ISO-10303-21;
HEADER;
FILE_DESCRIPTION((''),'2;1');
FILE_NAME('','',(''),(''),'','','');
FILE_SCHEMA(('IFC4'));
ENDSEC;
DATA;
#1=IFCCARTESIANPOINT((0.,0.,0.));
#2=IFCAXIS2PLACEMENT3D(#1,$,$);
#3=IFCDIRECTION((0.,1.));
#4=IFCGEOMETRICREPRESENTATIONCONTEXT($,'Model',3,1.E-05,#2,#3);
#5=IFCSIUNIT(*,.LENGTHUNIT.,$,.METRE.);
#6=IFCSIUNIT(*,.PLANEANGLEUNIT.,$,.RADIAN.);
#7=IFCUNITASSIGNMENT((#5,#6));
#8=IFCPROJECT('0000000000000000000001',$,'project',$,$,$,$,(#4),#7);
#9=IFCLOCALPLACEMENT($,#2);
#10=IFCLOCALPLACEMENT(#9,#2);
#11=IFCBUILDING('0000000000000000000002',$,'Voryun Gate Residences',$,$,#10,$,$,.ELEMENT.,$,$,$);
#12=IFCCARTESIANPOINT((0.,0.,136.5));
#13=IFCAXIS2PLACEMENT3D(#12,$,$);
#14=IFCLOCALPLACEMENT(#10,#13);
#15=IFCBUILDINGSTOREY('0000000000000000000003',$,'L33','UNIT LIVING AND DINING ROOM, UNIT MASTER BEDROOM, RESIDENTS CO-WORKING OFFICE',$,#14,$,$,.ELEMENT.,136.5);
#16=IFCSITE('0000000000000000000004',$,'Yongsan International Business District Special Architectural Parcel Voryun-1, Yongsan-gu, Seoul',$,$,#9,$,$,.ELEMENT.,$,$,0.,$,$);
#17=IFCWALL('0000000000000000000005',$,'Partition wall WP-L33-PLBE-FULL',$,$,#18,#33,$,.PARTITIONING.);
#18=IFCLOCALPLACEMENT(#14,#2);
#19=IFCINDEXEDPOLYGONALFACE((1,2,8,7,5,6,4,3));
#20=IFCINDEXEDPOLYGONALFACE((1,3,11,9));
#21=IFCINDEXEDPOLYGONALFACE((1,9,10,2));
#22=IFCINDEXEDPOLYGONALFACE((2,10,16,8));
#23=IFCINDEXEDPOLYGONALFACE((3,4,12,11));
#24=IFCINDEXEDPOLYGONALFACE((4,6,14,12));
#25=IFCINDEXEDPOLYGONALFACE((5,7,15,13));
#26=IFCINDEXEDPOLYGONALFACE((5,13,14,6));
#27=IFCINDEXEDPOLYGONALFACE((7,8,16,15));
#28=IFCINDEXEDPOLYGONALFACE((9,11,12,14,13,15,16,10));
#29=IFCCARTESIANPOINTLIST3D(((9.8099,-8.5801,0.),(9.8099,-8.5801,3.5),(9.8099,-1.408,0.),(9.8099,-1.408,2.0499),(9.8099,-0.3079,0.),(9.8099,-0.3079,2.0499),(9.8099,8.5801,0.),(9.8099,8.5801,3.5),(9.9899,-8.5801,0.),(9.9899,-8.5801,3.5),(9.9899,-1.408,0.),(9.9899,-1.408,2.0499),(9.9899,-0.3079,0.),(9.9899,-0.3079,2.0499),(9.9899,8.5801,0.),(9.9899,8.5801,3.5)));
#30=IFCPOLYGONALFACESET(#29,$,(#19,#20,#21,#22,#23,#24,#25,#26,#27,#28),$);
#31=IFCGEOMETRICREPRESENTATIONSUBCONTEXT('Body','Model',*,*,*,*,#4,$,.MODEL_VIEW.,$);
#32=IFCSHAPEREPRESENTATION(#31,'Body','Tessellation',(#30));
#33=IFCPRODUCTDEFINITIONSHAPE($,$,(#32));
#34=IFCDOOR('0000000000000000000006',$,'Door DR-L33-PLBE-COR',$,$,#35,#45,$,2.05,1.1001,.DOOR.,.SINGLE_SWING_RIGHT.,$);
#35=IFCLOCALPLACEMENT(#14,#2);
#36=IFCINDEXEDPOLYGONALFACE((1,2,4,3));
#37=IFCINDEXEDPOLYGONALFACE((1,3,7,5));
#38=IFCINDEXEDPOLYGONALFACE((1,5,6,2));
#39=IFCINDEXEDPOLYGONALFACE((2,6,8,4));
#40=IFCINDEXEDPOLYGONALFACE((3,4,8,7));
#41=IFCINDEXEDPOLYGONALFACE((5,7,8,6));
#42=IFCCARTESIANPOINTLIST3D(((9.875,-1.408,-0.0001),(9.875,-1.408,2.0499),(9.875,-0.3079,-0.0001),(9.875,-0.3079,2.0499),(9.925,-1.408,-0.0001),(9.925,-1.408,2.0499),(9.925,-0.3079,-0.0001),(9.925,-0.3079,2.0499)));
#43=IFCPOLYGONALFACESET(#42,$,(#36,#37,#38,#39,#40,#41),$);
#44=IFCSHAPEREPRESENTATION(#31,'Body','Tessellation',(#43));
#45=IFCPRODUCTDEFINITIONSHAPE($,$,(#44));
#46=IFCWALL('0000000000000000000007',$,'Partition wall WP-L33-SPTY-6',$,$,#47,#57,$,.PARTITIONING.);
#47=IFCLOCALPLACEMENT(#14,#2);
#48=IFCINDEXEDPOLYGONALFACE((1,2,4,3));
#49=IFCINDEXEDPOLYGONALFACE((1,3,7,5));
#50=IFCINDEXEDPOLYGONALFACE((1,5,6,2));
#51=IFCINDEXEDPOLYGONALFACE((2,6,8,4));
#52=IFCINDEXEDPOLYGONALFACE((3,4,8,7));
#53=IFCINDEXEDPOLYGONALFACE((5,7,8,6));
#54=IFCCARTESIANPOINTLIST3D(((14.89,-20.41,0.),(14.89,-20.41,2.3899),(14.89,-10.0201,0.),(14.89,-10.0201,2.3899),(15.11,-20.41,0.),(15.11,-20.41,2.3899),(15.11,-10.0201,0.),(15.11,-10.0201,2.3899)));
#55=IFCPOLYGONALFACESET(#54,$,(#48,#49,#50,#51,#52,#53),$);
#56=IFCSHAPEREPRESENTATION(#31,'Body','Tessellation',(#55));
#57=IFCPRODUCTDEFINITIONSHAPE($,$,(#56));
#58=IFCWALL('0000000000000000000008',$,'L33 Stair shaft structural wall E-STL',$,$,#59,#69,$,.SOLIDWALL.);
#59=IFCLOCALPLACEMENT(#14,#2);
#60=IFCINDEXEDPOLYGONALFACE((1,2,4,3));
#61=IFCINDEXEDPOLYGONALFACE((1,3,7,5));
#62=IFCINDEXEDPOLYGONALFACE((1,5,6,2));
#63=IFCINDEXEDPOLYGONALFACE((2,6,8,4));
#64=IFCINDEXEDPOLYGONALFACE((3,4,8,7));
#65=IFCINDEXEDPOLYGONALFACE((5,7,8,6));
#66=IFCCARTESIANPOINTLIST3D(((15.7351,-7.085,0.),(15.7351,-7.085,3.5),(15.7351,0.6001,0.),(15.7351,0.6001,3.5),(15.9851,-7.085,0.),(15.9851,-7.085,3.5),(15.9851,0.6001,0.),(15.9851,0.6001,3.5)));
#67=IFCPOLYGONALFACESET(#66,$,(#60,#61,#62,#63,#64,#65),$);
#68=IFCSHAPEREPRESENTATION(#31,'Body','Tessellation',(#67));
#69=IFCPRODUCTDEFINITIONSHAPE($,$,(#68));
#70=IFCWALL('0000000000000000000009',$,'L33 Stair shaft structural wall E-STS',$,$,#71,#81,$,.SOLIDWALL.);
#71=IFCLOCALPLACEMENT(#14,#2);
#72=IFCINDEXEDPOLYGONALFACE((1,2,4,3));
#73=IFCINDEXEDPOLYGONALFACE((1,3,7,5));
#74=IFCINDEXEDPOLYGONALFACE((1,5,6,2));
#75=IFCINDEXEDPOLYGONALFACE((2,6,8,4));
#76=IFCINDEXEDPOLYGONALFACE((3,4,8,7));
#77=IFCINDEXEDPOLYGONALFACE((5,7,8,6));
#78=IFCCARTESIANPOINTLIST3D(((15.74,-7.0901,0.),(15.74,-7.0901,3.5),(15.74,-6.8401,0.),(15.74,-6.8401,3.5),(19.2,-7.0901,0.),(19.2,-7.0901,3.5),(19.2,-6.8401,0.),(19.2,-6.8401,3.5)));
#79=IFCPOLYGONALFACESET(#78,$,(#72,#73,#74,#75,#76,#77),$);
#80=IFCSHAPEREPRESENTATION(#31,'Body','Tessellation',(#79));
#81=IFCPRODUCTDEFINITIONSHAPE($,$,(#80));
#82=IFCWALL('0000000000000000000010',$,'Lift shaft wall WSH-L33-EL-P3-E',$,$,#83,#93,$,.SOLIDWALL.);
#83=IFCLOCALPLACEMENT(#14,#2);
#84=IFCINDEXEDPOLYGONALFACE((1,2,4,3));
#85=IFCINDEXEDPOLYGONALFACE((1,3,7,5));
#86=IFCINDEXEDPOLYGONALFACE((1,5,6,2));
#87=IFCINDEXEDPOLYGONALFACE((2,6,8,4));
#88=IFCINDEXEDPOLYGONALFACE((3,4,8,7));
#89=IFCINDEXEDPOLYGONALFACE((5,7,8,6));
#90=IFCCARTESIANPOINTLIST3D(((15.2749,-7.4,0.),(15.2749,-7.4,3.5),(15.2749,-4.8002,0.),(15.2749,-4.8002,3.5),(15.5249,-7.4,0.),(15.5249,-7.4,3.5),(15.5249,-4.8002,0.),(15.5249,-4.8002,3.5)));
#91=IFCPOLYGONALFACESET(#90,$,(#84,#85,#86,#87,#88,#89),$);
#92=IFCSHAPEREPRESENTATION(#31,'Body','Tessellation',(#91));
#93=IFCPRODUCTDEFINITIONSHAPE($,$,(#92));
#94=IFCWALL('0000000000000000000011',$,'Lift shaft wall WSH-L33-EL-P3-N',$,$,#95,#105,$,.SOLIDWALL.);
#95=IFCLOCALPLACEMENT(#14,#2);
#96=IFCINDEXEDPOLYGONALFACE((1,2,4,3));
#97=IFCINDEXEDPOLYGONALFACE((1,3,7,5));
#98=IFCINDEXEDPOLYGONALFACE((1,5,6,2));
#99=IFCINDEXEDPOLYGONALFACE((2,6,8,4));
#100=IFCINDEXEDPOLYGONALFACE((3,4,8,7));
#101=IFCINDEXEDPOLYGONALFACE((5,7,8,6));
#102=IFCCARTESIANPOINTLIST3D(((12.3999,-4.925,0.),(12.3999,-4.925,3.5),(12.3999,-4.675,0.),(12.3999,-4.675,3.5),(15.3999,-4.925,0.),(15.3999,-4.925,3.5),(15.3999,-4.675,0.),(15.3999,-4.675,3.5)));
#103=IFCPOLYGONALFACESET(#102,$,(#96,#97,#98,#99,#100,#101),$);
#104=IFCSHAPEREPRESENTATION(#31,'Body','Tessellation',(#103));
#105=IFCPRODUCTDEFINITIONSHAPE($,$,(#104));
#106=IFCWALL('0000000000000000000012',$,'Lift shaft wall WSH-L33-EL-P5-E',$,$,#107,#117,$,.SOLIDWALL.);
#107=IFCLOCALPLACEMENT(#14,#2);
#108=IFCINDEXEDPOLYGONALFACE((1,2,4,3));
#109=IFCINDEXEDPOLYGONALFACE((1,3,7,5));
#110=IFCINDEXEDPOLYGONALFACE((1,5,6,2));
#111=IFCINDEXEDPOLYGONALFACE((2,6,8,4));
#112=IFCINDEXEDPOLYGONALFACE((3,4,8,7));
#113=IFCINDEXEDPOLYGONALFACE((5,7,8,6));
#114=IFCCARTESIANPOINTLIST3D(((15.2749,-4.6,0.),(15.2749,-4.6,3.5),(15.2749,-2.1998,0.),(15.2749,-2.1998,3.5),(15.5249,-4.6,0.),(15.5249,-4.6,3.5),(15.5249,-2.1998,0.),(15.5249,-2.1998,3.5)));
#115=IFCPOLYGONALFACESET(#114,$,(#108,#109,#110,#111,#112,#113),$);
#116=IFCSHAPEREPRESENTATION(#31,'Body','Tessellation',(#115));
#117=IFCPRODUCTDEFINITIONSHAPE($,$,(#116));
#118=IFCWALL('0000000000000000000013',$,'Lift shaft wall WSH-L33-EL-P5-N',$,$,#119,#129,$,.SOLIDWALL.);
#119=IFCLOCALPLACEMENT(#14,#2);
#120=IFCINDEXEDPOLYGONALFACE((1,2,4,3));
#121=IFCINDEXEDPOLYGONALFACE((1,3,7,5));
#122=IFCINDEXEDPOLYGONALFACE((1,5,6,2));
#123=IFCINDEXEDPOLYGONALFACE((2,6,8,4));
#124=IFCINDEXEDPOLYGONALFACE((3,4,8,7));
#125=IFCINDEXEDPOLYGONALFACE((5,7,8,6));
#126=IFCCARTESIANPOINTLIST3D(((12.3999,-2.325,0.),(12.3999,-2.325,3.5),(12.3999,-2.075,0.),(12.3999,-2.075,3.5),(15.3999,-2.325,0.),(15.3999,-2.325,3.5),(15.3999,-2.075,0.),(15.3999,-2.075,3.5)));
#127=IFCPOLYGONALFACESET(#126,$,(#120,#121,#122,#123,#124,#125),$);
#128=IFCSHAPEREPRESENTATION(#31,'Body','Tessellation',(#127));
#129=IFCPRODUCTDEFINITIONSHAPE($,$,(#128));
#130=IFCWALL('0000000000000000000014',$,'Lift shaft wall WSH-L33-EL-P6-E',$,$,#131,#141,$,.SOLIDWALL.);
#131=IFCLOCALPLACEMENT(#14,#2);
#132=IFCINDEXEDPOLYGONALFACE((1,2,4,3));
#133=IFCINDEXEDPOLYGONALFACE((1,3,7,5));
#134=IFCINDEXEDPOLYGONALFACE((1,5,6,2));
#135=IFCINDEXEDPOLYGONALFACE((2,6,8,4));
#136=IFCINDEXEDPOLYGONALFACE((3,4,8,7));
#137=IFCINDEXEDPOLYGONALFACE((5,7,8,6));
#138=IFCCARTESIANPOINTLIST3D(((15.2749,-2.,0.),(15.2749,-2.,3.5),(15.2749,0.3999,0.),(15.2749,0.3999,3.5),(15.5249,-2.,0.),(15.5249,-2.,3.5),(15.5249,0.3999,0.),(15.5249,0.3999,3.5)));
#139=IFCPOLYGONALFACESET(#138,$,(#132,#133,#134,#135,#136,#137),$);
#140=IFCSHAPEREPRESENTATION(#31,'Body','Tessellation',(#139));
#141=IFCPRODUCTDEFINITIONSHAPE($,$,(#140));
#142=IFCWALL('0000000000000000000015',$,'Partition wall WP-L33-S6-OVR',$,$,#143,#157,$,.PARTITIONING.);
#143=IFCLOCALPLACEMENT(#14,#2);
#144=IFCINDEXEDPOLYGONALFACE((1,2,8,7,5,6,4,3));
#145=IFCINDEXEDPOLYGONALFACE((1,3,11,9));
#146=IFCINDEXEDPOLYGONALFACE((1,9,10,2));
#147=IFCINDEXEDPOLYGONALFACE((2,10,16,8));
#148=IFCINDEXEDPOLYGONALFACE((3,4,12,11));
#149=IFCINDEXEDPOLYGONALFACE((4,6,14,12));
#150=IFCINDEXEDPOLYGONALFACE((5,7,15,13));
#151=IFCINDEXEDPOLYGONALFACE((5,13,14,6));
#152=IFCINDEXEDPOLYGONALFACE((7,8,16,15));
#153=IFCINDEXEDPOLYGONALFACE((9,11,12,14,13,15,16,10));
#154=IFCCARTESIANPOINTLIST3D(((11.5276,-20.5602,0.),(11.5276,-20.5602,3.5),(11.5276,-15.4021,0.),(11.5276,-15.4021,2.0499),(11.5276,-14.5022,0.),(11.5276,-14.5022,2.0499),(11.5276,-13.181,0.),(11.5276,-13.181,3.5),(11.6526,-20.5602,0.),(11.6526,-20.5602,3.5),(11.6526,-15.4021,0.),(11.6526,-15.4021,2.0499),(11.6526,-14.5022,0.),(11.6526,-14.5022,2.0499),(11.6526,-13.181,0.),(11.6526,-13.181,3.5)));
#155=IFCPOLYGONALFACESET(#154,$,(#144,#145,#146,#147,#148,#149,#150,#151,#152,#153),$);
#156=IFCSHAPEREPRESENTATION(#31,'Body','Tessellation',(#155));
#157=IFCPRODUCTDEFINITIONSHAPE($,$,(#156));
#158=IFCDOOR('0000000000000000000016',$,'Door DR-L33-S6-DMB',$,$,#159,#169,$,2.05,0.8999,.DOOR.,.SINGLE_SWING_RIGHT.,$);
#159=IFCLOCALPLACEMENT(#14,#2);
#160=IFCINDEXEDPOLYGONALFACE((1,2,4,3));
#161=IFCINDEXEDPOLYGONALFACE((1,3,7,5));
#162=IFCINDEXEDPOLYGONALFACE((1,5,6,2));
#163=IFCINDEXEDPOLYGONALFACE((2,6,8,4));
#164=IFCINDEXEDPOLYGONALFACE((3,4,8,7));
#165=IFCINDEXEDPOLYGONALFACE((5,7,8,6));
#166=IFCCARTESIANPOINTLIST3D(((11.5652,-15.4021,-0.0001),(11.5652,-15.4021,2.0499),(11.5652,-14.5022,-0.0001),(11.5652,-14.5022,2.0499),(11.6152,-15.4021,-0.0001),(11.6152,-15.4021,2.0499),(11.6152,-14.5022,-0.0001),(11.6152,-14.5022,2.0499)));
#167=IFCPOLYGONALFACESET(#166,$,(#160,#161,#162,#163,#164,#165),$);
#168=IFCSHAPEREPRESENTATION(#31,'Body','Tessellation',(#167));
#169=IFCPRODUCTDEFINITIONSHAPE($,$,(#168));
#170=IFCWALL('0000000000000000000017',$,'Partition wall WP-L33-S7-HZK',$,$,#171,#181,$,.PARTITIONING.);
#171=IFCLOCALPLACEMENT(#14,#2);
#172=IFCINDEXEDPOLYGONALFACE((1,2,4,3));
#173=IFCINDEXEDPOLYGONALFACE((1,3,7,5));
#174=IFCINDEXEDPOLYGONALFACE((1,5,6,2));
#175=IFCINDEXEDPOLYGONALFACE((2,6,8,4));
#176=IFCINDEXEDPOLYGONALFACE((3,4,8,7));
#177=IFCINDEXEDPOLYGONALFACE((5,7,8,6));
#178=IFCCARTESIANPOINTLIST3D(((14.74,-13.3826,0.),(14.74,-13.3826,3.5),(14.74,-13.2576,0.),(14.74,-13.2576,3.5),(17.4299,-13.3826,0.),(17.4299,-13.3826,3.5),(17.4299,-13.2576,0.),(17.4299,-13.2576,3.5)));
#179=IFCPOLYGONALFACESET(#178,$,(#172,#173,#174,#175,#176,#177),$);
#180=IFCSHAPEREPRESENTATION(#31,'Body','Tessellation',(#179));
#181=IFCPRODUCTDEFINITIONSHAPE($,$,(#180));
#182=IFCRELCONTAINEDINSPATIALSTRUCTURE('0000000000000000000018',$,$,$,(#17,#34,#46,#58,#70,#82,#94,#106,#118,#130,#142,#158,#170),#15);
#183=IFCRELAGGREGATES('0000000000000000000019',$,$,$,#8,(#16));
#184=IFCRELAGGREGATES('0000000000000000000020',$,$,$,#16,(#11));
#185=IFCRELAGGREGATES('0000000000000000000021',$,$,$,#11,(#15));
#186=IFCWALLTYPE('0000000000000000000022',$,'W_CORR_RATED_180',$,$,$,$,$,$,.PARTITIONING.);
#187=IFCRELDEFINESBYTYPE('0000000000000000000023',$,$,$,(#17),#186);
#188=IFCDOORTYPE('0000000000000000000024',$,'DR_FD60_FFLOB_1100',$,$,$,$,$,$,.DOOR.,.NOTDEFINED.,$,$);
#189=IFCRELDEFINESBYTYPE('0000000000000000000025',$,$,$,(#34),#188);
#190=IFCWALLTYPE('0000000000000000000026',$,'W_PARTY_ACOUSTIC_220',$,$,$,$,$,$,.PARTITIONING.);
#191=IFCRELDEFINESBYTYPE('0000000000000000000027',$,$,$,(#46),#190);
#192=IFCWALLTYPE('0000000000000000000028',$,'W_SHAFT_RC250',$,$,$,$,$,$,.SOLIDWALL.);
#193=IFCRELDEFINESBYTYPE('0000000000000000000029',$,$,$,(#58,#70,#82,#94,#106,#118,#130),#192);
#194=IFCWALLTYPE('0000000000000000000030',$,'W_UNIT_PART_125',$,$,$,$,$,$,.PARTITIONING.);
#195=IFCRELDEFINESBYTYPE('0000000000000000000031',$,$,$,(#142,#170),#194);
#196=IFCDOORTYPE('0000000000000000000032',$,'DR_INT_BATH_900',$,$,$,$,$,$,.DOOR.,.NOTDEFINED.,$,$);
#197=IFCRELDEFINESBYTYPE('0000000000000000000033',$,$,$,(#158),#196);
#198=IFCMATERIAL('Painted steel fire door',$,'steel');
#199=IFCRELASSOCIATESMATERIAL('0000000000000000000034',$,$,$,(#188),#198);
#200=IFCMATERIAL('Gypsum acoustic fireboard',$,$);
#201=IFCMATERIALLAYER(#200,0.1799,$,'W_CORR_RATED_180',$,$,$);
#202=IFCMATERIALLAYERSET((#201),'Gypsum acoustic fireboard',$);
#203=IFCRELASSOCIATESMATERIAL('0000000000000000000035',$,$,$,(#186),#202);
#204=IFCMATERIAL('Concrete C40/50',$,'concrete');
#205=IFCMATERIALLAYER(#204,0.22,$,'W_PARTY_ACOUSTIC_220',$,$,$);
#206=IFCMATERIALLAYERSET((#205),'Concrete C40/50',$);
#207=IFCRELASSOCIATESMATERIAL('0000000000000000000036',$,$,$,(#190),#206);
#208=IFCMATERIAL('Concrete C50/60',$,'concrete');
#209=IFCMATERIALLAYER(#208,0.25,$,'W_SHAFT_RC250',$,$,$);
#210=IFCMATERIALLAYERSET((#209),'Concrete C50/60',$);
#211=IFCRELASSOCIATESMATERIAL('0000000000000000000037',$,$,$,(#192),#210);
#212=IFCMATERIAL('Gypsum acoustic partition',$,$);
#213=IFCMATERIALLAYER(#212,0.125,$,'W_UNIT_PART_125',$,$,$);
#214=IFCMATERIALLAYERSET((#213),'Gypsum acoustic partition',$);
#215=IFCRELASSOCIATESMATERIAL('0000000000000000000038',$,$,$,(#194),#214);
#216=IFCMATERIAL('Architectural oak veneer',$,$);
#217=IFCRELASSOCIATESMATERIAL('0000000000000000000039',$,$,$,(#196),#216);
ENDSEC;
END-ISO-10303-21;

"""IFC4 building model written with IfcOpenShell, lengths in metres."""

from ifc_helpers import new_model, si_unit, direction, frame, frame_2d, origin, place, context, subcontext, project, spatial, rectangle, extrude, material, layer, layer_set, type_object, element, fill, save


model = new_model("IFC4")

# Units and contexts
model_context = context("Model", 3, precision=1e-05, world=origin(), true_north=direction((0.0, 1.0)))
body_context = subcontext(model_context, "Body", "Model", "MODEL_VIEW")
ifc_project = project(units=[si_unit("LENGTHUNIT", "METRE"), si_unit("PLANEANGLEUNIT", "RADIAN")], contexts=[model_context])

# Site, building, storey
site_placement = place(None, origin())
site = spatial("IfcSite", under=ifc_project, at=site_placement, Name="Yongsan International Business District Special Architectural Parcel Voryun-1, Yongsan-gu, Seoul", CompositionType="ELEMENT", RefElevation=0.0)
building_placement = place(site_placement, origin())
building = spatial("IfcBuilding", under=site, at=building_placement, Name="Voryun Gate Residences", CompositionType="ELEMENT")
storey_placement = place(building_placement, frame((0.0, 0.0, 136.5)))
storey = spatial("IfcBuildingStorey", under=building, at=storey_placement, Name="L33", Description="UNIT LIVING AND DINING ROOM, UNIT MASTER BEDROOM, RESIDENTS CO-WORKING OFFICE", CompositionType="ELEMENT", Elevation=136.5)

# Shared definitions
ifc_material_1 = material(Name="Painted steel fire door", Category="steel")
door_type_1 = type_object("IfcDoorType", Name="DR_FD60_FFLOB_1100", OperationType="NOTDEFINED", PredefinedType="DOOR", material=ifc_material_1)

# Shared definitions
ifc_material_2 = material(Name="Gypsum acoustic fireboard")
ifc_layer_1 = layer(ifc_material_2, 0.1799, Name="W_CORR_RATED_180")
ifc_layer_set_1 = layer_set([ifc_layer_1], Name="Gypsum acoustic fireboard")
wall_type_1 = type_object("IfcWallType", Name="W_CORR_RATED_180", PredefinedType="PARTITIONING", material=ifc_layer_set_1)

# Wall, opening, door
wall_1_placement = place(storey_placement, frame((9.8999, -8.5801, 0.0), z_axis=(0.0, 0.0, 1.0), x_axis=(0.0, 1.0, 0.0)))
wall_1 = element("IfcWall", 1, at=wall_1_placement, inside=storey, type_object=wall_type_1, Name="Partition wall WP-L33-PLBE-FULL", PredefinedType="PARTITIONING", context=body_context, shape_type="SweptSolid", body=[
    extrude(rectangle(XDim=17.1602, YDim=0.1799, at=frame_2d((8.5801, 0.0))), origin(), (0.0, 0.0, 1.0), 3.5),
])
opening_1_placement = place(wall_1_placement, frame((7.1721, 0.0, 0.0)))
opening_1 = element("IfcOpeningElement", 2, at=opening_1_placement, cuts=wall_1, PredefinedType="OPENING", context=body_context, shape_type="SweptSolid", body=[
    extrude(rectangle(XDim=1.1001, YDim=2.05, at=frame_2d((0.55, 1.0249))), frame((0.0, 0.0999, 0.0), z_axis=(0.0, -1.0, 0.0), x_axis=(1.0, 0.0, 0.0)), (0.0, 0.0, 1.0), 0.2),
])
door_1_placement = place(opening_1_placement, origin())
door_1 = element("IfcDoor", 3, at=door_1_placement, inside=storey, type_object=door_type_1, Name="Door DR-L33-PLBE-COR", OperationType="SINGLE_SWING_RIGHT", OverallHeight=2.05, OverallWidth=1.1001, PredefinedType="DOOR", context=body_context, shape_type="SweptSolid", body=[
    extrude(rectangle(XDim=1.1001, YDim=2.05, at=frame_2d((0.55, 1.0249))), frame((0.0, 0.0249, 0.0), z_axis=(0.0, -1.0, 0.0), x_axis=(1.0, 0.0, 0.0)), (0.0, 0.0, 1.0), 0.05),
])
fill(opening_1, door_1)

# Walls
ifc_material_3 = material(Name="Concrete C40/50", Category="concrete")
ifc_layer_2 = layer(ifc_material_3, 0.22, Name="W_PARTY_ACOUSTIC_220")
ifc_layer_set_2 = layer_set([ifc_layer_2], Name="Concrete C40/50")
wall_type_2 = type_object("IfcWallType", Name="W_PARTY_ACOUSTIC_220", PredefinedType="PARTITIONING", material=ifc_layer_set_2)
wall_2_placement = place(storey_placement, frame((15.0, -20.4099, 0.0), z_axis=(0.0, 0.0, 1.0), x_axis=(0.0, 1.0, 0.0)))
element("IfcWall", 4, at=wall_2_placement, inside=storey, type_object=wall_type_2, Name="Partition wall WP-L33-SPTY-6", PredefinedType="PARTITIONING", context=body_context, shape_type="SweptSolid", body=[
    extrude(rectangle(XDim=10.3899, YDim=0.22, at=frame_2d((5.1948, 0.0))), origin(), (0.0, 0.0, 1.0), 2.3899),
])
ifc_material_4 = material(Name="Concrete C50/60", Category="concrete")
ifc_layer_3 = layer(ifc_material_4, 0.25, Name="W_SHAFT_RC250")
ifc_layer_set_3 = layer_set([ifc_layer_3], Name="Concrete C50/60")
wall_type_3 = type_object("IfcWallType", Name="W_SHAFT_RC250", PredefinedType="SOLIDWALL", material=ifc_layer_set_3)
wall_3_placement = place(storey_placement, frame((15.8601, -7.085, 0.0), z_axis=(0.0, 0.0, 1.0), x_axis=(0.0, 1.0, 0.0)))
element("IfcWall", 5, at=wall_3_placement, inside=storey, type_object=wall_type_3, Name="L33 Stair shaft structural wall E-STL", PredefinedType="SOLIDWALL", context=body_context, shape_type="SweptSolid", body=[
    extrude(rectangle(XDim=7.6851, YDim=0.25, at=frame_2d((3.8425, 0.0))), origin(), (0.0, 0.0, 1.0), 3.5),
])
wall_4_placement = place(storey_placement, frame((15.74, -6.9651, 0.0), z_axis=(0.0, 0.0, 1.0), x_axis=(1.0, 0.0, 0.0)))
element("IfcWall", 6, at=wall_4_placement, inside=storey, type_object=wall_type_3, Name="L33 Stair shaft structural wall E-STS", PredefinedType="SOLIDWALL", context=body_context, shape_type="SweptSolid", body=[
    extrude(rectangle(XDim=3.46, YDim=0.25, at=frame_2d((1.73, 0.0))), origin(), (0.0, 0.0, 1.0), 3.5),
])
wall_5_placement = place(storey_placement, frame((15.3999, -7.3999, 0.0), z_axis=(0.0, 0.0, 1.0), x_axis=(0.0, 1.0, 0.0)))
element("IfcWall", 7, at=wall_5_placement, inside=storey, type_object=wall_type_3, Name="Lift shaft wall WSH-L33-EL-P3-E", PredefinedType="SOLIDWALL", context=body_context, shape_type="SweptSolid", body=[
    extrude(rectangle(XDim=2.5999, YDim=0.25, at=frame_2d((1.2998, 0.0))), origin(), (0.0, 0.0, 1.0), 3.5),
])
wall_6_placement = place(storey_placement, frame((15.3999, -4.8, 0.0), z_axis=(0.0, 0.0, 1.0), x_axis=(-1.0, 0.0, 0.0)))
element("IfcWall", 8, at=wall_6_placement, inside=storey, type_object=wall_type_3, Name="Lift shaft wall WSH-L33-EL-P3-N", PredefinedType="SOLIDWALL", context=body_context, shape_type="SweptSolid", body=[
    extrude(rectangle(XDim=3.0, YDim=0.25, at=frame_2d((1.5, 0.0))), origin(), (0.0, 0.0, 1.0), 3.5),
])
wall_7_placement = place(storey_placement, frame((15.3999, -4.6001, 0.0), z_axis=(0.0, 0.0, 1.0), x_axis=(0.0, 1.0, 0.0)))
element("IfcWall", 9, at=wall_7_placement, inside=storey, type_object=wall_type_3, Name="Lift shaft wall WSH-L33-EL-P5-E", PredefinedType="SOLIDWALL", context=body_context, shape_type="SweptSolid", body=[
    extrude(rectangle(XDim=2.4001, YDim=0.25, at=frame_2d((1.2002, 0.0))), origin(), (0.0, 0.0, 1.0), 3.5),
])
wall_8_placement = place(storey_placement, frame((15.3999, -2.2, 0.0), z_axis=(0.0, 0.0, 1.0), x_axis=(-1.0, 0.0, 0.0)))
element("IfcWall", 10, at=wall_8_placement, inside=storey, type_object=wall_type_3, Name="Lift shaft wall WSH-L33-EL-P5-N", PredefinedType="SOLIDWALL", context=body_context, shape_type="SweptSolid", body=[
    extrude(rectangle(XDim=3.0, YDim=0.25, at=frame_2d((1.5, 0.0))), origin(), (0.0, 0.0, 1.0), 3.5),
])
wall_9_placement = place(storey_placement, frame((15.3999, -2.0, 0.0), z_axis=(0.0, 0.0, 1.0), x_axis=(0.0, 1.0, 0.0)))
element("IfcWall", 11, at=wall_9_placement, inside=storey, type_object=wall_type_3, Name="Lift shaft wall WSH-L33-EL-P6-E", PredefinedType="SOLIDWALL", context=body_context, shape_type="SweptSolid", body=[
    extrude(rectangle(XDim=2.3999, YDim=0.25, at=frame_2d((1.2, 0.0))), origin(), (0.0, 0.0, 1.0), 3.5),
])

# Wall, opening, door
ifc_material_5 = material(Name="Gypsum acoustic partition")
ifc_layer_4 = layer(ifc_material_5, 0.125, Name="W_UNIT_PART_125")
ifc_layer_set_4 = layer_set([ifc_layer_4], Name="Gypsum acoustic partition")
wall_type_4 = type_object("IfcWallType", Name="W_UNIT_PART_125", PredefinedType="PARTITIONING", material=ifc_layer_set_4)
wall_10_placement = place(storey_placement, frame((11.5901, -20.5601, 0.0), z_axis=(0.0, 0.0, 1.0), x_axis=(0.0, 1.0, 0.0)))
wall_10 = element("IfcWall", 12, at=wall_10_placement, inside=storey, type_object=wall_type_4, Name="Partition wall WP-L33-S6-OVR", PredefinedType="PARTITIONING", context=body_context, shape_type="SweptSolid", body=[
    extrude(rectangle(XDim=7.3792, YDim=0.125, at=frame_2d((3.6895, 0.0))), origin(), (0.0, 0.0, 1.0), 3.5),
])
opening_2_placement = place(wall_10_placement, frame((5.158, 0.0, 0.0)))
opening_2 = element("IfcOpeningElement", 13, at=opening_2_placement, cuts=wall_10, PredefinedType="OPENING", context=body_context, shape_type="SweptSolid", body=[
    extrude(rectangle(XDim=0.8999, YDim=2.05, at=frame_2d((0.45, 1.0249))), frame((0.0, 0.0725, 0.0), z_axis=(0.0, -1.0, 0.0), x_axis=(1.0, 0.0, 0.0)), (0.0, 0.0, 1.0), 0.145),
])
ifc_material_6 = material(Name="Architectural oak veneer")
door_type_2 = type_object("IfcDoorType", Name="DR_INT_BATH_900", OperationType="NOTDEFINED", PredefinedType="DOOR", material=ifc_material_6)
door_2_placement = place(opening_2_placement, origin())
door_2 = element("IfcDoor", 14, at=door_2_placement, inside=storey, type_object=door_type_2, Name="Door DR-L33-S6-DMB", OperationType="SINGLE_SWING_RIGHT", OverallHeight=2.05, OverallWidth=0.8999, PredefinedType="DOOR", context=body_context, shape_type="SweptSolid", body=[
    extrude(rectangle(XDim=0.8999, YDim=2.05, at=frame_2d((0.45, 1.0249))), frame((0.0, 0.0249, 0.0), z_axis=(0.0, -1.0, 0.0), x_axis=(1.0, 0.0, 0.0)), (0.0, 0.0, 1.0), 0.05),
])
fill(opening_2, door_2)

# Wall
wall_11_placement = place(storey_placement, frame((14.74, -13.3201, 0.0), z_axis=(0.0, 0.0, 1.0), x_axis=(1.0, 0.0, 0.0)))
element("IfcWall", 15, at=wall_11_placement, inside=storey, type_object=wall_type_4, Name="Partition wall WP-L33-S7-HZK", PredefinedType="PARTITIONING", context=body_context, shape_type="SweptSolid", body=[
    extrude(rectangle(XDim=2.6899, YDim=0.125, at=frame_2d((1.345, 0.0))), origin(), (0.0, 0.0, 1.0), 3.5),
])

save(model, "model.ifc")
